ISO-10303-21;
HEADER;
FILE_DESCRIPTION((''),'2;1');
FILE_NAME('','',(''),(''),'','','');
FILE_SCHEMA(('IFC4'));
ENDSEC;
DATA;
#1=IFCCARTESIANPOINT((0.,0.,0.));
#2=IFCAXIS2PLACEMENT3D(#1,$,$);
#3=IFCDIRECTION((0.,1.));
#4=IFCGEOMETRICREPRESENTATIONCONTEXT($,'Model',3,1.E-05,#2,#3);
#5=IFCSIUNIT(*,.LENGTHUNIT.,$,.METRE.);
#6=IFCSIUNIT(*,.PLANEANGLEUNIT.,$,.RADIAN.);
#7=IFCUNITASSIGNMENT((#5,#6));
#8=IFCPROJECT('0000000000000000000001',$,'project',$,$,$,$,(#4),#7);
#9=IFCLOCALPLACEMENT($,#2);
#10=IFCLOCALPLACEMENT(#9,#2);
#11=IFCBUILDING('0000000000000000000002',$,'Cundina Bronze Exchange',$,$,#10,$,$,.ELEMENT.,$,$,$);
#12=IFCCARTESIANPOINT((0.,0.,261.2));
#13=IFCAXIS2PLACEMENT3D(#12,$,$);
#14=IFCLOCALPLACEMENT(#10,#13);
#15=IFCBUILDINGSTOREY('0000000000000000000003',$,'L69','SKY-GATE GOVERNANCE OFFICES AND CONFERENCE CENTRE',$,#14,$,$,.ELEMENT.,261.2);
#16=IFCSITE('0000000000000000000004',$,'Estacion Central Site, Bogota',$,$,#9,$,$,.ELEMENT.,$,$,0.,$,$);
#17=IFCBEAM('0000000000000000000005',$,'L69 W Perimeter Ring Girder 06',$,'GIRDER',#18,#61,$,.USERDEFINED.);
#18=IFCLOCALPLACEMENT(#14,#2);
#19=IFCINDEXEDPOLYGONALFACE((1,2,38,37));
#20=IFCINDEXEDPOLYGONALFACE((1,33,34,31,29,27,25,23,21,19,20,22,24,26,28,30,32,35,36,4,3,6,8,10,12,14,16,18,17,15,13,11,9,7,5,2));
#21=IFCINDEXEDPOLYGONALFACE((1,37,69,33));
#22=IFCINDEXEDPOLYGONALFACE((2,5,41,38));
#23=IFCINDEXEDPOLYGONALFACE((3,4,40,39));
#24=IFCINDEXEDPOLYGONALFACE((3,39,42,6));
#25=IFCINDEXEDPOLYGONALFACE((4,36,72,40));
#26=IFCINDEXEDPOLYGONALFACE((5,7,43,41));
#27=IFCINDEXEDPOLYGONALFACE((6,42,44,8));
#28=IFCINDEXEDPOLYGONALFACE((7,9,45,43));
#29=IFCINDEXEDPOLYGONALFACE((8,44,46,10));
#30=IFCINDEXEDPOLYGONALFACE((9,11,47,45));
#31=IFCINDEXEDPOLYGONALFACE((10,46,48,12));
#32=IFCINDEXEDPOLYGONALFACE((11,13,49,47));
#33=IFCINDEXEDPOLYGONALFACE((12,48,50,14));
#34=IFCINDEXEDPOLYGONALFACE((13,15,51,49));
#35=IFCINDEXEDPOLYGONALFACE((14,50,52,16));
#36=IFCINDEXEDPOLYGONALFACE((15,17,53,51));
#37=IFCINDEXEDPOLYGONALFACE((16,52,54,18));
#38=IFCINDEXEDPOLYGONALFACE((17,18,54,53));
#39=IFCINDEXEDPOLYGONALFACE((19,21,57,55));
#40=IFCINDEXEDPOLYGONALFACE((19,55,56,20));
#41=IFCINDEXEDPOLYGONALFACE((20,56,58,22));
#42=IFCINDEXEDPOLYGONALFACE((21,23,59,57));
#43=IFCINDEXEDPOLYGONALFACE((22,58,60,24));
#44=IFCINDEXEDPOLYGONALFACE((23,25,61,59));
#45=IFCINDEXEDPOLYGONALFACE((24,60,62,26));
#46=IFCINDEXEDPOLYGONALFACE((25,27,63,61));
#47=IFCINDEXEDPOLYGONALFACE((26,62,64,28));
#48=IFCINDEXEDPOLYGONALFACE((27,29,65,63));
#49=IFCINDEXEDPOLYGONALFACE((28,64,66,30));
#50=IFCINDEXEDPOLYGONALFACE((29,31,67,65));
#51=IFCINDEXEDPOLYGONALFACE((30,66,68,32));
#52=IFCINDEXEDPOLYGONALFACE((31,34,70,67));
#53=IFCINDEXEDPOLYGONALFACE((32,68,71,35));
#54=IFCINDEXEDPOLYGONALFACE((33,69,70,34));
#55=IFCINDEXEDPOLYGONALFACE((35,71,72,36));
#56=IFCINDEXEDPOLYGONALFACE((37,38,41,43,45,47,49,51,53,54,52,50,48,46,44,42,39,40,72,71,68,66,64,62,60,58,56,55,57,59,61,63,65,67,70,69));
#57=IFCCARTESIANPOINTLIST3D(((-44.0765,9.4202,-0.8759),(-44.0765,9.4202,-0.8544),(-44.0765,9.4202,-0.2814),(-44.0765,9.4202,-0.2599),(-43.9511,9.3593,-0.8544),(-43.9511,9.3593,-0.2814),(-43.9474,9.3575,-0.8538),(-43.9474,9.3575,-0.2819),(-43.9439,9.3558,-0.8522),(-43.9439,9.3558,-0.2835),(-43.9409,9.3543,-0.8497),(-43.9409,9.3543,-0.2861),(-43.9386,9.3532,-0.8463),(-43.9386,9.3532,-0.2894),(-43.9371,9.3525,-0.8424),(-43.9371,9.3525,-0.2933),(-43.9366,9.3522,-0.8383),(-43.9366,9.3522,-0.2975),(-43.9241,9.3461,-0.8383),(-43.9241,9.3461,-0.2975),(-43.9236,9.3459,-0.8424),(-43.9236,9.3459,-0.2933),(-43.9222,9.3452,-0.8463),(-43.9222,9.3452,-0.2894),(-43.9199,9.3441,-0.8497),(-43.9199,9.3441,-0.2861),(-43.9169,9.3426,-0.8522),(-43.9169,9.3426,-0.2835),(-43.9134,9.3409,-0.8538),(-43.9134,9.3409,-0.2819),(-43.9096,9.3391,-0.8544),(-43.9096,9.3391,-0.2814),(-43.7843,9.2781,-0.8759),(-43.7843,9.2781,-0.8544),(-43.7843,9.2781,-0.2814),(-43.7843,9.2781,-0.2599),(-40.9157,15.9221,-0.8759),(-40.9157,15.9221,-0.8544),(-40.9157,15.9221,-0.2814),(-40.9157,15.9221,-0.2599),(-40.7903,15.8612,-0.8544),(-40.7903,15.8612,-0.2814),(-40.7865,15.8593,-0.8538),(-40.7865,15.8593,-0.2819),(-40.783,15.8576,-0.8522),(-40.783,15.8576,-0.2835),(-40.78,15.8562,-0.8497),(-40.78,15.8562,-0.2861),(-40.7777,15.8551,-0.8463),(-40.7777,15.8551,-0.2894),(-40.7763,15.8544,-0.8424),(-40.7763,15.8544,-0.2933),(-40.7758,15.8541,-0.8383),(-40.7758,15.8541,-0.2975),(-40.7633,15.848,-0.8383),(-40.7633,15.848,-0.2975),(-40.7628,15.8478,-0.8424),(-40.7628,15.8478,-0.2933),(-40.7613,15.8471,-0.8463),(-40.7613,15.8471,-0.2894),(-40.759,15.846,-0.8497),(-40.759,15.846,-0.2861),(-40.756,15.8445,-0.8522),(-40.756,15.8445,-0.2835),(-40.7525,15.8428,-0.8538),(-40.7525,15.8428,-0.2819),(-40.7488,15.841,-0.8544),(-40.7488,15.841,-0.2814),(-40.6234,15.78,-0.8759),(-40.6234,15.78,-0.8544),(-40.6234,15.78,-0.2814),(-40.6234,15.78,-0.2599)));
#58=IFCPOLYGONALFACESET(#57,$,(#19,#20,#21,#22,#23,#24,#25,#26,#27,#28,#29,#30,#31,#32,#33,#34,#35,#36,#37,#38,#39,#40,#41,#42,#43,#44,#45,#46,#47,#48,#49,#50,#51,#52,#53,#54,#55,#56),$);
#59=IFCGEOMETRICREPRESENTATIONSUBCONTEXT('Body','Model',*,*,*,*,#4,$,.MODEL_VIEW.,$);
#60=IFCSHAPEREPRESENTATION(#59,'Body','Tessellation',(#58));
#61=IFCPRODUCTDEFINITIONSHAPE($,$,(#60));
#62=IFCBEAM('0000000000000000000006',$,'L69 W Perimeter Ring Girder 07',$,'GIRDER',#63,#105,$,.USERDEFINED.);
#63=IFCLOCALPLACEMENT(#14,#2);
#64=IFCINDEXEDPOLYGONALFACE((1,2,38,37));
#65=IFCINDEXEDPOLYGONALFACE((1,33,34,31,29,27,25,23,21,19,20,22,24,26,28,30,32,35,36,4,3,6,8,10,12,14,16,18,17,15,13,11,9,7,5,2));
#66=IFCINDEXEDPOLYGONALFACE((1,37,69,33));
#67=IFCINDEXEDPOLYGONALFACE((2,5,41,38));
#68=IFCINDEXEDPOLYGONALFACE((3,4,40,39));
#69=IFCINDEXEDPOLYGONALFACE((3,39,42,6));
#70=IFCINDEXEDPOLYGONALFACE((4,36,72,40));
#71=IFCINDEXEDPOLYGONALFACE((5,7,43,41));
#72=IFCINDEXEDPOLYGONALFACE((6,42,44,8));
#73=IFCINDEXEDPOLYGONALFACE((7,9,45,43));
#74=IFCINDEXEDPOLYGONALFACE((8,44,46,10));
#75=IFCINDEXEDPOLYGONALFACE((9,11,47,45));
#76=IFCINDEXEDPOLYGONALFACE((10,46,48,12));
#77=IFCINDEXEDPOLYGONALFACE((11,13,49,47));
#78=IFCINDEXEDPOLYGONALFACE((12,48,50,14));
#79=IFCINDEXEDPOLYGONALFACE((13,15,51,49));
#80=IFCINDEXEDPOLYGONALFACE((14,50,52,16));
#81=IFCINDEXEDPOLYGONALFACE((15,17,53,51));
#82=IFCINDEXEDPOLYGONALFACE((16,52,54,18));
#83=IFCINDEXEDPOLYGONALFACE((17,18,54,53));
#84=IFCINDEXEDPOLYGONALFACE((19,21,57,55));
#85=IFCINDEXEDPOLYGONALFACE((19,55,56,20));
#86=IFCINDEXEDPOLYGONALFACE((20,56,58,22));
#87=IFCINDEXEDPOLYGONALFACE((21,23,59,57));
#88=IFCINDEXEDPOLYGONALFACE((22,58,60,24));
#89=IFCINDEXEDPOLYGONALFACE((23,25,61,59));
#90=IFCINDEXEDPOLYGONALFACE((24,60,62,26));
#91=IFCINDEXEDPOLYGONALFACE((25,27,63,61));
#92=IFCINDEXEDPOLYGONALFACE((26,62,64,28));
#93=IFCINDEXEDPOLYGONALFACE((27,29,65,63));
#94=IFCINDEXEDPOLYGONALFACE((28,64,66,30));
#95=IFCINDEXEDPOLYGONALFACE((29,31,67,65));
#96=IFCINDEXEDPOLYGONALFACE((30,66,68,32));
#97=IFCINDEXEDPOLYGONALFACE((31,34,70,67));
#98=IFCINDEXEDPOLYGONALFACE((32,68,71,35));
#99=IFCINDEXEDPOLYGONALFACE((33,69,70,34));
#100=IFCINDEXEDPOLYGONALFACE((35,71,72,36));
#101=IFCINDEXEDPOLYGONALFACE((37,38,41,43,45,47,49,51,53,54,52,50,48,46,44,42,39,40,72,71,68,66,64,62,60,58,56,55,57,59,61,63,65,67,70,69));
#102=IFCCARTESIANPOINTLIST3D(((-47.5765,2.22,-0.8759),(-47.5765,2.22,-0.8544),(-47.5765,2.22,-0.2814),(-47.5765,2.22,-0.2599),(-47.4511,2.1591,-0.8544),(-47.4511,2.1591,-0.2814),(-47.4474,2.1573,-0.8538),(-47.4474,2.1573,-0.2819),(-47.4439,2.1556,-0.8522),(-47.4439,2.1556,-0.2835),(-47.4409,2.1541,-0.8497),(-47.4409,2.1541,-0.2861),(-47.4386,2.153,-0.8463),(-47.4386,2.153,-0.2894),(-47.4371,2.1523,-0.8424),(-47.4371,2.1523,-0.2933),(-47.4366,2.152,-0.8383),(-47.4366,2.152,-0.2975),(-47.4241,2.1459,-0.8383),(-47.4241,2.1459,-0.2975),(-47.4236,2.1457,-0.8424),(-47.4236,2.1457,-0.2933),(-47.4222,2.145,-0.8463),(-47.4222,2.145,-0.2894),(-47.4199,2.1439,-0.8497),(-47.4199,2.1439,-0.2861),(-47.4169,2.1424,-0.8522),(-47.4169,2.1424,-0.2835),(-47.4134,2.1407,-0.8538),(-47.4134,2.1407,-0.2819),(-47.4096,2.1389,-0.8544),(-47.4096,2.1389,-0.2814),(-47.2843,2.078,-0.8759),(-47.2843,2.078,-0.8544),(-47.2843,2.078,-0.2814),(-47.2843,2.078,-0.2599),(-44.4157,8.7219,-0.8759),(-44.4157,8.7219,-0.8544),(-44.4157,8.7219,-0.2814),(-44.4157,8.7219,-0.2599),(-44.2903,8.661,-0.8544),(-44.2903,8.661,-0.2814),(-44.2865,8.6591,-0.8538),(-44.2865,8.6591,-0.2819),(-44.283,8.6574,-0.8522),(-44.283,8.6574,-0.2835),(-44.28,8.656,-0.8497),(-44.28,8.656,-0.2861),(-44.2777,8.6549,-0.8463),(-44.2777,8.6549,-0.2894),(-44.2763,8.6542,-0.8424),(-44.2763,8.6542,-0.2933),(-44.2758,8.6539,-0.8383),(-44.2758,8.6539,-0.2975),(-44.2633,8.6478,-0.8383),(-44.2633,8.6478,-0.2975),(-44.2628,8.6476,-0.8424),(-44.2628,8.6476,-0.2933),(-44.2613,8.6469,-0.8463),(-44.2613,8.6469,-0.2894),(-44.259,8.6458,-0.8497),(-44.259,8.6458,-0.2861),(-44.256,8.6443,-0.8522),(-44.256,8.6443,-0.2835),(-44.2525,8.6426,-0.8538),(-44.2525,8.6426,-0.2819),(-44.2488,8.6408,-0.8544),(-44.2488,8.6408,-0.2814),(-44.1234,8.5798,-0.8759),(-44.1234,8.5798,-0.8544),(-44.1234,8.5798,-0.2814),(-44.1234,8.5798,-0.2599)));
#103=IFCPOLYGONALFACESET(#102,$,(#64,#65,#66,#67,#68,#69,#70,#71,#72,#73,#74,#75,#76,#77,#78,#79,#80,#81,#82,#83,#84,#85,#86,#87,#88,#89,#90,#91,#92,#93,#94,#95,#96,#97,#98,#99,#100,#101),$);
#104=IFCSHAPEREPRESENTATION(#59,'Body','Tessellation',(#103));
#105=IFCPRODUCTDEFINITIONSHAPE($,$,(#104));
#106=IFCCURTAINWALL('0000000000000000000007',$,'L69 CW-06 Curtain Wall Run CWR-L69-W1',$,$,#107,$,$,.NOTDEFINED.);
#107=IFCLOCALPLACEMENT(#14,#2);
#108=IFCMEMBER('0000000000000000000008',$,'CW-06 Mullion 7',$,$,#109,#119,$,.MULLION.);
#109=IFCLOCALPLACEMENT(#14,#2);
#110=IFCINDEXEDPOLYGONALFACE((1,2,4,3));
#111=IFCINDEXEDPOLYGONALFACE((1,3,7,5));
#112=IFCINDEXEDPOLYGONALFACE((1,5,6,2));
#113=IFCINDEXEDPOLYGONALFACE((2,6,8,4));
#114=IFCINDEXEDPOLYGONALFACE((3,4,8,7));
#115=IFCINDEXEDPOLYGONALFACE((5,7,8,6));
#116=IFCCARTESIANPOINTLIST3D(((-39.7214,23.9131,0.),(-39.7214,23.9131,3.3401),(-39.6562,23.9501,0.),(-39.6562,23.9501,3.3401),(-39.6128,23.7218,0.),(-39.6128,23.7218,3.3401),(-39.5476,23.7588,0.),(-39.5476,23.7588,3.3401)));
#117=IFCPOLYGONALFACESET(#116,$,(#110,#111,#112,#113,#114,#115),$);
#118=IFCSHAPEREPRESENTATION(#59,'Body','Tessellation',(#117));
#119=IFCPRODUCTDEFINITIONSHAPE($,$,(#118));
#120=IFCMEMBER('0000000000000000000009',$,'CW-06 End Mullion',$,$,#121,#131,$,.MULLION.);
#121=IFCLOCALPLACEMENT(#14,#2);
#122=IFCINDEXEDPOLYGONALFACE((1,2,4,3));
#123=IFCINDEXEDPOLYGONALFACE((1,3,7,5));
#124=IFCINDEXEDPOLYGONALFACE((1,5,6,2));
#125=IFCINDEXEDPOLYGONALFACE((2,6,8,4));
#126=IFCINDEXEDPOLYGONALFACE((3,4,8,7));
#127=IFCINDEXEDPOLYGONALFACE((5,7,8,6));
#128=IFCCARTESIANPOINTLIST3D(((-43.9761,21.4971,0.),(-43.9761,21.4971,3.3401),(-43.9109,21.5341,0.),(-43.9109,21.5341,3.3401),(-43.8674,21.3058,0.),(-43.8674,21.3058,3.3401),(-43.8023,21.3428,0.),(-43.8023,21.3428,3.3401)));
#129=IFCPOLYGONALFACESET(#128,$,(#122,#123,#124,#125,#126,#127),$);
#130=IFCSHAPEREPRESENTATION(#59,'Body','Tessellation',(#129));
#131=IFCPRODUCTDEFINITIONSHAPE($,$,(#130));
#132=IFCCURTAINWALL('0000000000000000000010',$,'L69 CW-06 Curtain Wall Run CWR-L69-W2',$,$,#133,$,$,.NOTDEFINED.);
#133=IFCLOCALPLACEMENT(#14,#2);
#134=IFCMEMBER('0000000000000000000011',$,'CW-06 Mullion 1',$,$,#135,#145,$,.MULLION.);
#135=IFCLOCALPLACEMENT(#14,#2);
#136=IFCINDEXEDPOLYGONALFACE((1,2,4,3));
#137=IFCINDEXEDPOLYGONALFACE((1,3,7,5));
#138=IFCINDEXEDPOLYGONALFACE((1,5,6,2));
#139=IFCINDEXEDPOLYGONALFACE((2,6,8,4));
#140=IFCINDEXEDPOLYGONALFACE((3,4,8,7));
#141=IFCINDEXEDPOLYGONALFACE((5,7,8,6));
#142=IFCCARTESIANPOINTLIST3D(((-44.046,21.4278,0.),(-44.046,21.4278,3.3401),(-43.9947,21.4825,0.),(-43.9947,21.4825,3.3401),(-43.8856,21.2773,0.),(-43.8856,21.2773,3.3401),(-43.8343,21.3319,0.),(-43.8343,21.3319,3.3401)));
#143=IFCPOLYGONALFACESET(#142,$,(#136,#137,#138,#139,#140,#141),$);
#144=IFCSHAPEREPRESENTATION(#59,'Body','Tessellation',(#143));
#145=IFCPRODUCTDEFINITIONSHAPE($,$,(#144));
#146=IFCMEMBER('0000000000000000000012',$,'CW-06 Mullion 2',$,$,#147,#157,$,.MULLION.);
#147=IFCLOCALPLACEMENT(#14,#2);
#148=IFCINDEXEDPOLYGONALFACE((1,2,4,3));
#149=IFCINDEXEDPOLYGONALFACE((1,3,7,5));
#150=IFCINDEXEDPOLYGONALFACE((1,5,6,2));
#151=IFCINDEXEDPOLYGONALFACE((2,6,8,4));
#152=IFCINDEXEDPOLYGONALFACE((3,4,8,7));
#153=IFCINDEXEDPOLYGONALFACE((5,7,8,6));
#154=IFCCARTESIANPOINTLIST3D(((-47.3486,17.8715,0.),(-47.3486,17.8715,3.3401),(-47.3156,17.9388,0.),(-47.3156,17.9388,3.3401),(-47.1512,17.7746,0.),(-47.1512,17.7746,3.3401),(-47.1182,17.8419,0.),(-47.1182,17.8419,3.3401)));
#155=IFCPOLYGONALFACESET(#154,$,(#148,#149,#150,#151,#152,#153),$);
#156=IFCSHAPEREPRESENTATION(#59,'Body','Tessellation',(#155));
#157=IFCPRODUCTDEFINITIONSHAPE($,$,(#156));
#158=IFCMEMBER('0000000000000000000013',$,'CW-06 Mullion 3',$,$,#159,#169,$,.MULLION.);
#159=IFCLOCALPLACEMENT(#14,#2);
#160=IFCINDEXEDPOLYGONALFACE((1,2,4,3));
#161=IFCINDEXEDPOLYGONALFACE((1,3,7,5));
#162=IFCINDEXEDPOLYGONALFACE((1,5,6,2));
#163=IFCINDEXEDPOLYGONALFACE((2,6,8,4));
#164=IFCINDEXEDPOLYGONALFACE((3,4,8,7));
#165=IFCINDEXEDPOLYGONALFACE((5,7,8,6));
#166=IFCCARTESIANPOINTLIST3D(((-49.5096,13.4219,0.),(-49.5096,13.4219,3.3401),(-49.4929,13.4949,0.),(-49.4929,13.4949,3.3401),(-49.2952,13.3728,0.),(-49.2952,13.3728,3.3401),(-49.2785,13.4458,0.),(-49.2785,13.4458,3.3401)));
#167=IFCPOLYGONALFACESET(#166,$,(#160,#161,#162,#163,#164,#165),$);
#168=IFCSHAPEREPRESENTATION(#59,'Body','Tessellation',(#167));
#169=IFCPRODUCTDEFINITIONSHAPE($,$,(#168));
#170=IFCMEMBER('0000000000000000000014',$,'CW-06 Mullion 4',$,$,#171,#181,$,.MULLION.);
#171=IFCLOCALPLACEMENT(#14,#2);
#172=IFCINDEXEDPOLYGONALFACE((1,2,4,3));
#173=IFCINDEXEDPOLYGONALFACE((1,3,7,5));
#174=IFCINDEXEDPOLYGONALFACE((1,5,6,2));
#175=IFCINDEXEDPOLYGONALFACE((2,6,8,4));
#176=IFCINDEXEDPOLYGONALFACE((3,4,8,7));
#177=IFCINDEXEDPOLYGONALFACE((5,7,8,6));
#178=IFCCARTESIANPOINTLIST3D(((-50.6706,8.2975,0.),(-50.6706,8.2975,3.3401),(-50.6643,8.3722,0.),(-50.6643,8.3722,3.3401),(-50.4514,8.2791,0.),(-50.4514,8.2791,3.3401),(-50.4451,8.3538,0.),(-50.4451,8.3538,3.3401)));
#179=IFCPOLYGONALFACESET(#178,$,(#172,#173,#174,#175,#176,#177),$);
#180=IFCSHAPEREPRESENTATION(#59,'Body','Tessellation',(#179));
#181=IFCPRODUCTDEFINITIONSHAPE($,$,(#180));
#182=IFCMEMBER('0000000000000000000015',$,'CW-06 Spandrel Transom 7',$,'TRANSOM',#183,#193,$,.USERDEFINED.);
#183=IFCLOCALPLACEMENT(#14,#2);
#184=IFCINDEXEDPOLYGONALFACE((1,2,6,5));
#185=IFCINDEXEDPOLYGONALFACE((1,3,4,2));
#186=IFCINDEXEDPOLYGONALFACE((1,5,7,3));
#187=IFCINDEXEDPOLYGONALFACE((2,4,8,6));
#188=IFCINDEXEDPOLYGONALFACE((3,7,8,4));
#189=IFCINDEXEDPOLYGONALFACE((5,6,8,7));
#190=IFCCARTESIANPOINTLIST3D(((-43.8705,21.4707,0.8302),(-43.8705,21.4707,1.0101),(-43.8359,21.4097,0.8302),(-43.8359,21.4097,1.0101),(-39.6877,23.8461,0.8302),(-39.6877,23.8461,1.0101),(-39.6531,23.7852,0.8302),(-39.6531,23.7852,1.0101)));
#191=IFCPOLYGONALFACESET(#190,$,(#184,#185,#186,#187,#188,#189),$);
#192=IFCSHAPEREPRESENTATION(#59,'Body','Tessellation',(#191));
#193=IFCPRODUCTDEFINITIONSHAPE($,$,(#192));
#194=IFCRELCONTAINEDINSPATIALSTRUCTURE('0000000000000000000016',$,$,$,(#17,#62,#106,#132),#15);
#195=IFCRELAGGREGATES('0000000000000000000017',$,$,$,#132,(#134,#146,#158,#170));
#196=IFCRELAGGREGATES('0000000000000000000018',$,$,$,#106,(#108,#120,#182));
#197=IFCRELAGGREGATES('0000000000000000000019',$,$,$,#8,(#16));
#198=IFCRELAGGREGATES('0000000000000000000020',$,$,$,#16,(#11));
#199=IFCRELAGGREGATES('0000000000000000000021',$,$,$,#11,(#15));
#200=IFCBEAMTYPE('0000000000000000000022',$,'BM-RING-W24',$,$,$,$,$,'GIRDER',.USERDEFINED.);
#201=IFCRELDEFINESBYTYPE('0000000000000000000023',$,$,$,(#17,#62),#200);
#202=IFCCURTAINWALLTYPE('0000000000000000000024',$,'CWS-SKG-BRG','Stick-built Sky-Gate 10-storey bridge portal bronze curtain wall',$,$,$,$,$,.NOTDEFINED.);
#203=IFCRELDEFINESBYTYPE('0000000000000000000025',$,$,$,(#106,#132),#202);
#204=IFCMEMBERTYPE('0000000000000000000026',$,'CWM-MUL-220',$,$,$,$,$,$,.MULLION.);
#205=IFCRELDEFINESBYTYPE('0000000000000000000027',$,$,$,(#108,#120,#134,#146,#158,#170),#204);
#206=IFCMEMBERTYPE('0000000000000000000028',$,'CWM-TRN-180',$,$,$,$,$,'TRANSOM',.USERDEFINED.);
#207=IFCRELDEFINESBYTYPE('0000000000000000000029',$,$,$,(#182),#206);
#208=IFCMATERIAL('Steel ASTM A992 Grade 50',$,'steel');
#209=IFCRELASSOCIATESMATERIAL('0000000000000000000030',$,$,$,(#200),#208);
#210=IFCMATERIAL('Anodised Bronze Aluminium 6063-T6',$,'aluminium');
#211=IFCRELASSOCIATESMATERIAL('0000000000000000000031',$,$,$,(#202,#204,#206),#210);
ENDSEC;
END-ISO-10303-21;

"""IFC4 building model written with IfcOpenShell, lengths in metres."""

from ifc_helpers import new_model, si_unit, direction, frame, origin, origin_2d, place, context, subcontext, project, spatial, rectangle, i_section, extrude, material, material_profile, profile_set, type_object, element, aggregate, save


model = new_model("IFC4")

# Units and contexts
model_context = context("Model", 3, precision=1e-05, world=origin(), true_north=direction((0.0, 1.0)))
body_context = subcontext(model_context, "Body", "Model", "MODEL_VIEW")
ifc_project = project(units=[si_unit("LENGTHUNIT", "METRE"), si_unit("PLANEANGLEUNIT", "RADIAN")], contexts=[model_context])

# Site, building, storey
site_placement = place(None, origin())
site = spatial("IfcSite", under=ifc_project, at=site_placement, Name="Estacion Central Site, Bogota", CompositionType="ELEMENT", RefElevation=0.0)
building_placement = place(site_placement, origin())
building = spatial("IfcBuilding", under=site, at=building_placement, Name="Cundina Bronze Exchange", CompositionType="ELEMENT")
storey_placement = place(building_placement, frame((0.0, 0.0, 261.2)))
storey = spatial("IfcBuildingStorey", under=building, at=storey_placement, Name="L69", Description="SKY-GATE GOVERNANCE OFFICES AND CONFERENCE CENTRE", CompositionType="ELEMENT", Elevation=261.2)

# Beams
ifc_material_1 = material(Name="Steel ASTM A992 Grade 50", Category="steel")
ifc_material_profile_1 = material_profile(ifc_material_1, i_section(OverallWidth=0.325, OverallDepth=0.616, WebThickness=0.0139, FlangeThickness=0.0215, FilletRadius=0.0161, at=origin_2d()), Name="W24X117", Category="steel")
ifc_profile_set_1 = profile_set([ifc_material_profile_1], Name="Steel ASTM A992 Grade 50")
beam_type_1 = type_object("IfcBeamType", Name="BM-RING-W24", ElementType="GIRDER", PredefinedType="USERDEFINED", material=ifc_profile_set_1)
for number, where, z_axis, x_axis, name in (
    (1, (-40.7695, 15.8511, -0.5679), (-0.437217, -0.899356, 0.0), (0.899356, -0.437217, 0.0), "L69 W Perimeter Ring Girder 06"),
    (2, (-44.2695, 8.6509, -0.5679), (-0.437217, -0.899356, 0.0), (0.899356, -0.437217, 0.0), "L69 W Perimeter Ring Girder 07"),
):
    element("IfcBeam", number, at=place(storey_placement, frame(where, z_axis=z_axis, x_axis=x_axis)), inside=storey, type_object=beam_type_1, Name=name, ObjectType="GIRDER", PredefinedType="USERDEFINED", context=body_context, shape_type="SweptSolid", body=[
        extrude(i_section(OverallWidth=0.325, OverallDepth=0.616, WebThickness=0.0139, FlangeThickness=0.0215, FilletRadius=0.0161, at=origin_2d()), origin(), (0.0, 0.0, 1.0), 7.2295),
    ])

# Curtain walls, members
ifc_material_2 = material(Name="Anodised Bronze Aluminium 6063-T6", Category="aluminium")
curtain_wall_type = type_object("IfcCurtainWallType", Name="CWS-SKG-BRG", Description="Stick-built Sky-Gate 10-storey bridge portal bronze curtain wall", PredefinedType="NOTDEFINED", material=ifc_material_2)
curtain_wall_1_placement = place(storey_placement, origin())
curtain_wall_1 = element("IfcCurtainWall", 3, at=curtain_wall_1_placement, inside=storey, type_object=curtain_wall_type, Name="L69 CW-06 Curtain Wall Run CWR-L69-W1", PredefinedType="NOTDEFINED")
ifc_material_profile_2 = material_profile(ifc_material_2, rectangle(XDim=0.075, YDim=0.22, at=origin_2d()), Name="AL75X220", Category="aluminium")
ifc_profile_set_2 = profile_set([ifc_material_profile_2], Name="Anodised Bronze Aluminium 6063-T6")
member_type_1 = type_object("IfcMemberType", Name="CWM-MUL-220", PredefinedType="MULLION", material=ifc_profile_set_2)
member_1_placement = place(storey_placement, frame((-39.6345, 23.8359, 0.0), z_axis=(0.0, 0.0, 1.0), x_axis=(-0.869581, -0.49379, 0.0)))
member_1 = element("IfcMember", 4, at=member_1_placement, type_object=member_type_1, Name="CW-06 Mullion 7", PredefinedType="MULLION", context=body_context, shape_type="SweptSolid", body=[
    extrude(rectangle(XDim=0.075, YDim=0.22, at=origin_2d()), origin(), (0.0, 0.0, 1.0), 3.3401),
])
member_2_placement = place(storey_placement, frame((-43.8892, 21.4199, 0.0), z_axis=(0.0, 0.0, 1.0), x_axis=(-0.869581, -0.49379, 0.0)))
member_2 = element("IfcMember", 5, at=member_2_placement, type_object=member_type_1, Name="CW-06 End Mullion", PredefinedType="MULLION", context=body_context, shape_type="SweptSolid", body=[
    extrude(rectangle(XDim=0.075, YDim=0.22, at=origin_2d()), origin(), (0.0, 0.0, 1.0), 3.3401),
])
curtain_wall_2_placement = place(storey_placement, origin())
curtain_wall_2 = element("IfcCurtainWall", 6, at=curtain_wall_2_placement, inside=storey, type_object=curtain_wall_type, Name="L69 CW-06 Curtain Wall Run CWR-L69-W2", PredefinedType="NOTDEFINED")
member_3_placement = place(storey_placement, frame((-43.9402, 21.3799, 0.0), z_axis=(0.0, 0.0, 1.0), x_axis=(-0.684293, -0.729208, 0.0)))
member_3 = element("IfcMember", 7, at=member_3_placement, type_object=member_type_1, Name="CW-06 Mullion 1", PredefinedType="MULLION", context=body_context, shape_type="SweptSolid", body=[
    extrude(rectangle(XDim=0.075, YDim=0.22, at=origin_2d()), origin(), (0.0, 0.0, 1.0), 3.3401),
])
member_4_placement = place(storey_placement, frame((-47.2334, 17.8567, 0.0), z_axis=(0.0, 0.0, 1.0), x_axis=(-0.440566, -0.89772, 0.0)))
member_4 = element("IfcMember", 8, at=member_4_placement, type_object=member_type_1, Name="CW-06 Mullion 2", PredefinedType="MULLION", context=body_context, shape_type="SweptSolid", body=[
    extrude(rectangle(XDim=0.075, YDim=0.22, at=origin_2d()), origin(), (0.0, 0.0, 1.0), 3.3401),
])
member_5_placement = place(storey_placement, frame((-49.394, 13.4338, 0.0), z_axis=(0.0, 0.0, 1.0), x_axis=(-0.22325, -0.974761, 0.0)))
member_5 = element("IfcMember", 9, at=member_5_placement, type_object=member_type_1, Name="CW-06 Mullion 3", PredefinedType="MULLION", context=body_context, shape_type="SweptSolid", body=[
    extrude(rectangle(XDim=0.075, YDim=0.22, at=origin_2d()), origin(), (0.0, 0.0, 1.0), 3.3401),
])
member_6_placement = place(storey_placement, frame((-50.5579, 8.3257, 0.0), z_axis=(0.0, 0.0, 1.0), x_axis=(-0.083678, -0.996493, 0.0)))
member_6 = element("IfcMember", 10, at=member_6_placement, type_object=member_type_1, Name="CW-06 Mullion 4", PredefinedType="MULLION", context=body_context, shape_type="SweptSolid", body=[
    extrude(rectangle(XDim=0.075, YDim=0.22, at=origin_2d()), origin(), (0.0, 0.0, 1.0), 3.3401),
])

# Member
ifc_material_profile_3 = material_profile(ifc_material_2, rectangle(XDim=0.0701, YDim=0.1799, at=origin_2d()), Name="AL70X180", Category="aluminium")
ifc_profile_set_3 = profile_set([ifc_material_profile_3], Name="Anodised Bronze Aluminium 6063-T6")
member_type_2 = type_object("IfcMemberType", Name="CWM-TRN-180", ElementType="TRANSOM", PredefinedType="USERDEFINED", material=ifc_profile_set_3)
member_7_placement = place(storey_placement, frame((-39.6704, 23.8157, 0.9202), z_axis=(-0.869558, -0.493831, 0.0), x_axis=(0.493831, -0.869558, 0.0)))
member_7 = element("IfcMember", 11, at=member_7_placement, type_object=member_type_2, Name="CW-06 Spandrel Transom 7", ObjectType="TRANSOM", PredefinedType="USERDEFINED", context=body_context, shape_type="SweptSolid", body=[
    extrude(rectangle(XDim=0.0701, YDim=0.1799, at=origin_2d()), origin(), (0.0, 0.0, 1.0), 4.8103),
])

aggregate(curtain_wall_2, [member_3, member_4, member_5, member_6])
aggregate(curtain_wall_1, [member_1, member_2, member_7])

save(model, "model.ifc")
